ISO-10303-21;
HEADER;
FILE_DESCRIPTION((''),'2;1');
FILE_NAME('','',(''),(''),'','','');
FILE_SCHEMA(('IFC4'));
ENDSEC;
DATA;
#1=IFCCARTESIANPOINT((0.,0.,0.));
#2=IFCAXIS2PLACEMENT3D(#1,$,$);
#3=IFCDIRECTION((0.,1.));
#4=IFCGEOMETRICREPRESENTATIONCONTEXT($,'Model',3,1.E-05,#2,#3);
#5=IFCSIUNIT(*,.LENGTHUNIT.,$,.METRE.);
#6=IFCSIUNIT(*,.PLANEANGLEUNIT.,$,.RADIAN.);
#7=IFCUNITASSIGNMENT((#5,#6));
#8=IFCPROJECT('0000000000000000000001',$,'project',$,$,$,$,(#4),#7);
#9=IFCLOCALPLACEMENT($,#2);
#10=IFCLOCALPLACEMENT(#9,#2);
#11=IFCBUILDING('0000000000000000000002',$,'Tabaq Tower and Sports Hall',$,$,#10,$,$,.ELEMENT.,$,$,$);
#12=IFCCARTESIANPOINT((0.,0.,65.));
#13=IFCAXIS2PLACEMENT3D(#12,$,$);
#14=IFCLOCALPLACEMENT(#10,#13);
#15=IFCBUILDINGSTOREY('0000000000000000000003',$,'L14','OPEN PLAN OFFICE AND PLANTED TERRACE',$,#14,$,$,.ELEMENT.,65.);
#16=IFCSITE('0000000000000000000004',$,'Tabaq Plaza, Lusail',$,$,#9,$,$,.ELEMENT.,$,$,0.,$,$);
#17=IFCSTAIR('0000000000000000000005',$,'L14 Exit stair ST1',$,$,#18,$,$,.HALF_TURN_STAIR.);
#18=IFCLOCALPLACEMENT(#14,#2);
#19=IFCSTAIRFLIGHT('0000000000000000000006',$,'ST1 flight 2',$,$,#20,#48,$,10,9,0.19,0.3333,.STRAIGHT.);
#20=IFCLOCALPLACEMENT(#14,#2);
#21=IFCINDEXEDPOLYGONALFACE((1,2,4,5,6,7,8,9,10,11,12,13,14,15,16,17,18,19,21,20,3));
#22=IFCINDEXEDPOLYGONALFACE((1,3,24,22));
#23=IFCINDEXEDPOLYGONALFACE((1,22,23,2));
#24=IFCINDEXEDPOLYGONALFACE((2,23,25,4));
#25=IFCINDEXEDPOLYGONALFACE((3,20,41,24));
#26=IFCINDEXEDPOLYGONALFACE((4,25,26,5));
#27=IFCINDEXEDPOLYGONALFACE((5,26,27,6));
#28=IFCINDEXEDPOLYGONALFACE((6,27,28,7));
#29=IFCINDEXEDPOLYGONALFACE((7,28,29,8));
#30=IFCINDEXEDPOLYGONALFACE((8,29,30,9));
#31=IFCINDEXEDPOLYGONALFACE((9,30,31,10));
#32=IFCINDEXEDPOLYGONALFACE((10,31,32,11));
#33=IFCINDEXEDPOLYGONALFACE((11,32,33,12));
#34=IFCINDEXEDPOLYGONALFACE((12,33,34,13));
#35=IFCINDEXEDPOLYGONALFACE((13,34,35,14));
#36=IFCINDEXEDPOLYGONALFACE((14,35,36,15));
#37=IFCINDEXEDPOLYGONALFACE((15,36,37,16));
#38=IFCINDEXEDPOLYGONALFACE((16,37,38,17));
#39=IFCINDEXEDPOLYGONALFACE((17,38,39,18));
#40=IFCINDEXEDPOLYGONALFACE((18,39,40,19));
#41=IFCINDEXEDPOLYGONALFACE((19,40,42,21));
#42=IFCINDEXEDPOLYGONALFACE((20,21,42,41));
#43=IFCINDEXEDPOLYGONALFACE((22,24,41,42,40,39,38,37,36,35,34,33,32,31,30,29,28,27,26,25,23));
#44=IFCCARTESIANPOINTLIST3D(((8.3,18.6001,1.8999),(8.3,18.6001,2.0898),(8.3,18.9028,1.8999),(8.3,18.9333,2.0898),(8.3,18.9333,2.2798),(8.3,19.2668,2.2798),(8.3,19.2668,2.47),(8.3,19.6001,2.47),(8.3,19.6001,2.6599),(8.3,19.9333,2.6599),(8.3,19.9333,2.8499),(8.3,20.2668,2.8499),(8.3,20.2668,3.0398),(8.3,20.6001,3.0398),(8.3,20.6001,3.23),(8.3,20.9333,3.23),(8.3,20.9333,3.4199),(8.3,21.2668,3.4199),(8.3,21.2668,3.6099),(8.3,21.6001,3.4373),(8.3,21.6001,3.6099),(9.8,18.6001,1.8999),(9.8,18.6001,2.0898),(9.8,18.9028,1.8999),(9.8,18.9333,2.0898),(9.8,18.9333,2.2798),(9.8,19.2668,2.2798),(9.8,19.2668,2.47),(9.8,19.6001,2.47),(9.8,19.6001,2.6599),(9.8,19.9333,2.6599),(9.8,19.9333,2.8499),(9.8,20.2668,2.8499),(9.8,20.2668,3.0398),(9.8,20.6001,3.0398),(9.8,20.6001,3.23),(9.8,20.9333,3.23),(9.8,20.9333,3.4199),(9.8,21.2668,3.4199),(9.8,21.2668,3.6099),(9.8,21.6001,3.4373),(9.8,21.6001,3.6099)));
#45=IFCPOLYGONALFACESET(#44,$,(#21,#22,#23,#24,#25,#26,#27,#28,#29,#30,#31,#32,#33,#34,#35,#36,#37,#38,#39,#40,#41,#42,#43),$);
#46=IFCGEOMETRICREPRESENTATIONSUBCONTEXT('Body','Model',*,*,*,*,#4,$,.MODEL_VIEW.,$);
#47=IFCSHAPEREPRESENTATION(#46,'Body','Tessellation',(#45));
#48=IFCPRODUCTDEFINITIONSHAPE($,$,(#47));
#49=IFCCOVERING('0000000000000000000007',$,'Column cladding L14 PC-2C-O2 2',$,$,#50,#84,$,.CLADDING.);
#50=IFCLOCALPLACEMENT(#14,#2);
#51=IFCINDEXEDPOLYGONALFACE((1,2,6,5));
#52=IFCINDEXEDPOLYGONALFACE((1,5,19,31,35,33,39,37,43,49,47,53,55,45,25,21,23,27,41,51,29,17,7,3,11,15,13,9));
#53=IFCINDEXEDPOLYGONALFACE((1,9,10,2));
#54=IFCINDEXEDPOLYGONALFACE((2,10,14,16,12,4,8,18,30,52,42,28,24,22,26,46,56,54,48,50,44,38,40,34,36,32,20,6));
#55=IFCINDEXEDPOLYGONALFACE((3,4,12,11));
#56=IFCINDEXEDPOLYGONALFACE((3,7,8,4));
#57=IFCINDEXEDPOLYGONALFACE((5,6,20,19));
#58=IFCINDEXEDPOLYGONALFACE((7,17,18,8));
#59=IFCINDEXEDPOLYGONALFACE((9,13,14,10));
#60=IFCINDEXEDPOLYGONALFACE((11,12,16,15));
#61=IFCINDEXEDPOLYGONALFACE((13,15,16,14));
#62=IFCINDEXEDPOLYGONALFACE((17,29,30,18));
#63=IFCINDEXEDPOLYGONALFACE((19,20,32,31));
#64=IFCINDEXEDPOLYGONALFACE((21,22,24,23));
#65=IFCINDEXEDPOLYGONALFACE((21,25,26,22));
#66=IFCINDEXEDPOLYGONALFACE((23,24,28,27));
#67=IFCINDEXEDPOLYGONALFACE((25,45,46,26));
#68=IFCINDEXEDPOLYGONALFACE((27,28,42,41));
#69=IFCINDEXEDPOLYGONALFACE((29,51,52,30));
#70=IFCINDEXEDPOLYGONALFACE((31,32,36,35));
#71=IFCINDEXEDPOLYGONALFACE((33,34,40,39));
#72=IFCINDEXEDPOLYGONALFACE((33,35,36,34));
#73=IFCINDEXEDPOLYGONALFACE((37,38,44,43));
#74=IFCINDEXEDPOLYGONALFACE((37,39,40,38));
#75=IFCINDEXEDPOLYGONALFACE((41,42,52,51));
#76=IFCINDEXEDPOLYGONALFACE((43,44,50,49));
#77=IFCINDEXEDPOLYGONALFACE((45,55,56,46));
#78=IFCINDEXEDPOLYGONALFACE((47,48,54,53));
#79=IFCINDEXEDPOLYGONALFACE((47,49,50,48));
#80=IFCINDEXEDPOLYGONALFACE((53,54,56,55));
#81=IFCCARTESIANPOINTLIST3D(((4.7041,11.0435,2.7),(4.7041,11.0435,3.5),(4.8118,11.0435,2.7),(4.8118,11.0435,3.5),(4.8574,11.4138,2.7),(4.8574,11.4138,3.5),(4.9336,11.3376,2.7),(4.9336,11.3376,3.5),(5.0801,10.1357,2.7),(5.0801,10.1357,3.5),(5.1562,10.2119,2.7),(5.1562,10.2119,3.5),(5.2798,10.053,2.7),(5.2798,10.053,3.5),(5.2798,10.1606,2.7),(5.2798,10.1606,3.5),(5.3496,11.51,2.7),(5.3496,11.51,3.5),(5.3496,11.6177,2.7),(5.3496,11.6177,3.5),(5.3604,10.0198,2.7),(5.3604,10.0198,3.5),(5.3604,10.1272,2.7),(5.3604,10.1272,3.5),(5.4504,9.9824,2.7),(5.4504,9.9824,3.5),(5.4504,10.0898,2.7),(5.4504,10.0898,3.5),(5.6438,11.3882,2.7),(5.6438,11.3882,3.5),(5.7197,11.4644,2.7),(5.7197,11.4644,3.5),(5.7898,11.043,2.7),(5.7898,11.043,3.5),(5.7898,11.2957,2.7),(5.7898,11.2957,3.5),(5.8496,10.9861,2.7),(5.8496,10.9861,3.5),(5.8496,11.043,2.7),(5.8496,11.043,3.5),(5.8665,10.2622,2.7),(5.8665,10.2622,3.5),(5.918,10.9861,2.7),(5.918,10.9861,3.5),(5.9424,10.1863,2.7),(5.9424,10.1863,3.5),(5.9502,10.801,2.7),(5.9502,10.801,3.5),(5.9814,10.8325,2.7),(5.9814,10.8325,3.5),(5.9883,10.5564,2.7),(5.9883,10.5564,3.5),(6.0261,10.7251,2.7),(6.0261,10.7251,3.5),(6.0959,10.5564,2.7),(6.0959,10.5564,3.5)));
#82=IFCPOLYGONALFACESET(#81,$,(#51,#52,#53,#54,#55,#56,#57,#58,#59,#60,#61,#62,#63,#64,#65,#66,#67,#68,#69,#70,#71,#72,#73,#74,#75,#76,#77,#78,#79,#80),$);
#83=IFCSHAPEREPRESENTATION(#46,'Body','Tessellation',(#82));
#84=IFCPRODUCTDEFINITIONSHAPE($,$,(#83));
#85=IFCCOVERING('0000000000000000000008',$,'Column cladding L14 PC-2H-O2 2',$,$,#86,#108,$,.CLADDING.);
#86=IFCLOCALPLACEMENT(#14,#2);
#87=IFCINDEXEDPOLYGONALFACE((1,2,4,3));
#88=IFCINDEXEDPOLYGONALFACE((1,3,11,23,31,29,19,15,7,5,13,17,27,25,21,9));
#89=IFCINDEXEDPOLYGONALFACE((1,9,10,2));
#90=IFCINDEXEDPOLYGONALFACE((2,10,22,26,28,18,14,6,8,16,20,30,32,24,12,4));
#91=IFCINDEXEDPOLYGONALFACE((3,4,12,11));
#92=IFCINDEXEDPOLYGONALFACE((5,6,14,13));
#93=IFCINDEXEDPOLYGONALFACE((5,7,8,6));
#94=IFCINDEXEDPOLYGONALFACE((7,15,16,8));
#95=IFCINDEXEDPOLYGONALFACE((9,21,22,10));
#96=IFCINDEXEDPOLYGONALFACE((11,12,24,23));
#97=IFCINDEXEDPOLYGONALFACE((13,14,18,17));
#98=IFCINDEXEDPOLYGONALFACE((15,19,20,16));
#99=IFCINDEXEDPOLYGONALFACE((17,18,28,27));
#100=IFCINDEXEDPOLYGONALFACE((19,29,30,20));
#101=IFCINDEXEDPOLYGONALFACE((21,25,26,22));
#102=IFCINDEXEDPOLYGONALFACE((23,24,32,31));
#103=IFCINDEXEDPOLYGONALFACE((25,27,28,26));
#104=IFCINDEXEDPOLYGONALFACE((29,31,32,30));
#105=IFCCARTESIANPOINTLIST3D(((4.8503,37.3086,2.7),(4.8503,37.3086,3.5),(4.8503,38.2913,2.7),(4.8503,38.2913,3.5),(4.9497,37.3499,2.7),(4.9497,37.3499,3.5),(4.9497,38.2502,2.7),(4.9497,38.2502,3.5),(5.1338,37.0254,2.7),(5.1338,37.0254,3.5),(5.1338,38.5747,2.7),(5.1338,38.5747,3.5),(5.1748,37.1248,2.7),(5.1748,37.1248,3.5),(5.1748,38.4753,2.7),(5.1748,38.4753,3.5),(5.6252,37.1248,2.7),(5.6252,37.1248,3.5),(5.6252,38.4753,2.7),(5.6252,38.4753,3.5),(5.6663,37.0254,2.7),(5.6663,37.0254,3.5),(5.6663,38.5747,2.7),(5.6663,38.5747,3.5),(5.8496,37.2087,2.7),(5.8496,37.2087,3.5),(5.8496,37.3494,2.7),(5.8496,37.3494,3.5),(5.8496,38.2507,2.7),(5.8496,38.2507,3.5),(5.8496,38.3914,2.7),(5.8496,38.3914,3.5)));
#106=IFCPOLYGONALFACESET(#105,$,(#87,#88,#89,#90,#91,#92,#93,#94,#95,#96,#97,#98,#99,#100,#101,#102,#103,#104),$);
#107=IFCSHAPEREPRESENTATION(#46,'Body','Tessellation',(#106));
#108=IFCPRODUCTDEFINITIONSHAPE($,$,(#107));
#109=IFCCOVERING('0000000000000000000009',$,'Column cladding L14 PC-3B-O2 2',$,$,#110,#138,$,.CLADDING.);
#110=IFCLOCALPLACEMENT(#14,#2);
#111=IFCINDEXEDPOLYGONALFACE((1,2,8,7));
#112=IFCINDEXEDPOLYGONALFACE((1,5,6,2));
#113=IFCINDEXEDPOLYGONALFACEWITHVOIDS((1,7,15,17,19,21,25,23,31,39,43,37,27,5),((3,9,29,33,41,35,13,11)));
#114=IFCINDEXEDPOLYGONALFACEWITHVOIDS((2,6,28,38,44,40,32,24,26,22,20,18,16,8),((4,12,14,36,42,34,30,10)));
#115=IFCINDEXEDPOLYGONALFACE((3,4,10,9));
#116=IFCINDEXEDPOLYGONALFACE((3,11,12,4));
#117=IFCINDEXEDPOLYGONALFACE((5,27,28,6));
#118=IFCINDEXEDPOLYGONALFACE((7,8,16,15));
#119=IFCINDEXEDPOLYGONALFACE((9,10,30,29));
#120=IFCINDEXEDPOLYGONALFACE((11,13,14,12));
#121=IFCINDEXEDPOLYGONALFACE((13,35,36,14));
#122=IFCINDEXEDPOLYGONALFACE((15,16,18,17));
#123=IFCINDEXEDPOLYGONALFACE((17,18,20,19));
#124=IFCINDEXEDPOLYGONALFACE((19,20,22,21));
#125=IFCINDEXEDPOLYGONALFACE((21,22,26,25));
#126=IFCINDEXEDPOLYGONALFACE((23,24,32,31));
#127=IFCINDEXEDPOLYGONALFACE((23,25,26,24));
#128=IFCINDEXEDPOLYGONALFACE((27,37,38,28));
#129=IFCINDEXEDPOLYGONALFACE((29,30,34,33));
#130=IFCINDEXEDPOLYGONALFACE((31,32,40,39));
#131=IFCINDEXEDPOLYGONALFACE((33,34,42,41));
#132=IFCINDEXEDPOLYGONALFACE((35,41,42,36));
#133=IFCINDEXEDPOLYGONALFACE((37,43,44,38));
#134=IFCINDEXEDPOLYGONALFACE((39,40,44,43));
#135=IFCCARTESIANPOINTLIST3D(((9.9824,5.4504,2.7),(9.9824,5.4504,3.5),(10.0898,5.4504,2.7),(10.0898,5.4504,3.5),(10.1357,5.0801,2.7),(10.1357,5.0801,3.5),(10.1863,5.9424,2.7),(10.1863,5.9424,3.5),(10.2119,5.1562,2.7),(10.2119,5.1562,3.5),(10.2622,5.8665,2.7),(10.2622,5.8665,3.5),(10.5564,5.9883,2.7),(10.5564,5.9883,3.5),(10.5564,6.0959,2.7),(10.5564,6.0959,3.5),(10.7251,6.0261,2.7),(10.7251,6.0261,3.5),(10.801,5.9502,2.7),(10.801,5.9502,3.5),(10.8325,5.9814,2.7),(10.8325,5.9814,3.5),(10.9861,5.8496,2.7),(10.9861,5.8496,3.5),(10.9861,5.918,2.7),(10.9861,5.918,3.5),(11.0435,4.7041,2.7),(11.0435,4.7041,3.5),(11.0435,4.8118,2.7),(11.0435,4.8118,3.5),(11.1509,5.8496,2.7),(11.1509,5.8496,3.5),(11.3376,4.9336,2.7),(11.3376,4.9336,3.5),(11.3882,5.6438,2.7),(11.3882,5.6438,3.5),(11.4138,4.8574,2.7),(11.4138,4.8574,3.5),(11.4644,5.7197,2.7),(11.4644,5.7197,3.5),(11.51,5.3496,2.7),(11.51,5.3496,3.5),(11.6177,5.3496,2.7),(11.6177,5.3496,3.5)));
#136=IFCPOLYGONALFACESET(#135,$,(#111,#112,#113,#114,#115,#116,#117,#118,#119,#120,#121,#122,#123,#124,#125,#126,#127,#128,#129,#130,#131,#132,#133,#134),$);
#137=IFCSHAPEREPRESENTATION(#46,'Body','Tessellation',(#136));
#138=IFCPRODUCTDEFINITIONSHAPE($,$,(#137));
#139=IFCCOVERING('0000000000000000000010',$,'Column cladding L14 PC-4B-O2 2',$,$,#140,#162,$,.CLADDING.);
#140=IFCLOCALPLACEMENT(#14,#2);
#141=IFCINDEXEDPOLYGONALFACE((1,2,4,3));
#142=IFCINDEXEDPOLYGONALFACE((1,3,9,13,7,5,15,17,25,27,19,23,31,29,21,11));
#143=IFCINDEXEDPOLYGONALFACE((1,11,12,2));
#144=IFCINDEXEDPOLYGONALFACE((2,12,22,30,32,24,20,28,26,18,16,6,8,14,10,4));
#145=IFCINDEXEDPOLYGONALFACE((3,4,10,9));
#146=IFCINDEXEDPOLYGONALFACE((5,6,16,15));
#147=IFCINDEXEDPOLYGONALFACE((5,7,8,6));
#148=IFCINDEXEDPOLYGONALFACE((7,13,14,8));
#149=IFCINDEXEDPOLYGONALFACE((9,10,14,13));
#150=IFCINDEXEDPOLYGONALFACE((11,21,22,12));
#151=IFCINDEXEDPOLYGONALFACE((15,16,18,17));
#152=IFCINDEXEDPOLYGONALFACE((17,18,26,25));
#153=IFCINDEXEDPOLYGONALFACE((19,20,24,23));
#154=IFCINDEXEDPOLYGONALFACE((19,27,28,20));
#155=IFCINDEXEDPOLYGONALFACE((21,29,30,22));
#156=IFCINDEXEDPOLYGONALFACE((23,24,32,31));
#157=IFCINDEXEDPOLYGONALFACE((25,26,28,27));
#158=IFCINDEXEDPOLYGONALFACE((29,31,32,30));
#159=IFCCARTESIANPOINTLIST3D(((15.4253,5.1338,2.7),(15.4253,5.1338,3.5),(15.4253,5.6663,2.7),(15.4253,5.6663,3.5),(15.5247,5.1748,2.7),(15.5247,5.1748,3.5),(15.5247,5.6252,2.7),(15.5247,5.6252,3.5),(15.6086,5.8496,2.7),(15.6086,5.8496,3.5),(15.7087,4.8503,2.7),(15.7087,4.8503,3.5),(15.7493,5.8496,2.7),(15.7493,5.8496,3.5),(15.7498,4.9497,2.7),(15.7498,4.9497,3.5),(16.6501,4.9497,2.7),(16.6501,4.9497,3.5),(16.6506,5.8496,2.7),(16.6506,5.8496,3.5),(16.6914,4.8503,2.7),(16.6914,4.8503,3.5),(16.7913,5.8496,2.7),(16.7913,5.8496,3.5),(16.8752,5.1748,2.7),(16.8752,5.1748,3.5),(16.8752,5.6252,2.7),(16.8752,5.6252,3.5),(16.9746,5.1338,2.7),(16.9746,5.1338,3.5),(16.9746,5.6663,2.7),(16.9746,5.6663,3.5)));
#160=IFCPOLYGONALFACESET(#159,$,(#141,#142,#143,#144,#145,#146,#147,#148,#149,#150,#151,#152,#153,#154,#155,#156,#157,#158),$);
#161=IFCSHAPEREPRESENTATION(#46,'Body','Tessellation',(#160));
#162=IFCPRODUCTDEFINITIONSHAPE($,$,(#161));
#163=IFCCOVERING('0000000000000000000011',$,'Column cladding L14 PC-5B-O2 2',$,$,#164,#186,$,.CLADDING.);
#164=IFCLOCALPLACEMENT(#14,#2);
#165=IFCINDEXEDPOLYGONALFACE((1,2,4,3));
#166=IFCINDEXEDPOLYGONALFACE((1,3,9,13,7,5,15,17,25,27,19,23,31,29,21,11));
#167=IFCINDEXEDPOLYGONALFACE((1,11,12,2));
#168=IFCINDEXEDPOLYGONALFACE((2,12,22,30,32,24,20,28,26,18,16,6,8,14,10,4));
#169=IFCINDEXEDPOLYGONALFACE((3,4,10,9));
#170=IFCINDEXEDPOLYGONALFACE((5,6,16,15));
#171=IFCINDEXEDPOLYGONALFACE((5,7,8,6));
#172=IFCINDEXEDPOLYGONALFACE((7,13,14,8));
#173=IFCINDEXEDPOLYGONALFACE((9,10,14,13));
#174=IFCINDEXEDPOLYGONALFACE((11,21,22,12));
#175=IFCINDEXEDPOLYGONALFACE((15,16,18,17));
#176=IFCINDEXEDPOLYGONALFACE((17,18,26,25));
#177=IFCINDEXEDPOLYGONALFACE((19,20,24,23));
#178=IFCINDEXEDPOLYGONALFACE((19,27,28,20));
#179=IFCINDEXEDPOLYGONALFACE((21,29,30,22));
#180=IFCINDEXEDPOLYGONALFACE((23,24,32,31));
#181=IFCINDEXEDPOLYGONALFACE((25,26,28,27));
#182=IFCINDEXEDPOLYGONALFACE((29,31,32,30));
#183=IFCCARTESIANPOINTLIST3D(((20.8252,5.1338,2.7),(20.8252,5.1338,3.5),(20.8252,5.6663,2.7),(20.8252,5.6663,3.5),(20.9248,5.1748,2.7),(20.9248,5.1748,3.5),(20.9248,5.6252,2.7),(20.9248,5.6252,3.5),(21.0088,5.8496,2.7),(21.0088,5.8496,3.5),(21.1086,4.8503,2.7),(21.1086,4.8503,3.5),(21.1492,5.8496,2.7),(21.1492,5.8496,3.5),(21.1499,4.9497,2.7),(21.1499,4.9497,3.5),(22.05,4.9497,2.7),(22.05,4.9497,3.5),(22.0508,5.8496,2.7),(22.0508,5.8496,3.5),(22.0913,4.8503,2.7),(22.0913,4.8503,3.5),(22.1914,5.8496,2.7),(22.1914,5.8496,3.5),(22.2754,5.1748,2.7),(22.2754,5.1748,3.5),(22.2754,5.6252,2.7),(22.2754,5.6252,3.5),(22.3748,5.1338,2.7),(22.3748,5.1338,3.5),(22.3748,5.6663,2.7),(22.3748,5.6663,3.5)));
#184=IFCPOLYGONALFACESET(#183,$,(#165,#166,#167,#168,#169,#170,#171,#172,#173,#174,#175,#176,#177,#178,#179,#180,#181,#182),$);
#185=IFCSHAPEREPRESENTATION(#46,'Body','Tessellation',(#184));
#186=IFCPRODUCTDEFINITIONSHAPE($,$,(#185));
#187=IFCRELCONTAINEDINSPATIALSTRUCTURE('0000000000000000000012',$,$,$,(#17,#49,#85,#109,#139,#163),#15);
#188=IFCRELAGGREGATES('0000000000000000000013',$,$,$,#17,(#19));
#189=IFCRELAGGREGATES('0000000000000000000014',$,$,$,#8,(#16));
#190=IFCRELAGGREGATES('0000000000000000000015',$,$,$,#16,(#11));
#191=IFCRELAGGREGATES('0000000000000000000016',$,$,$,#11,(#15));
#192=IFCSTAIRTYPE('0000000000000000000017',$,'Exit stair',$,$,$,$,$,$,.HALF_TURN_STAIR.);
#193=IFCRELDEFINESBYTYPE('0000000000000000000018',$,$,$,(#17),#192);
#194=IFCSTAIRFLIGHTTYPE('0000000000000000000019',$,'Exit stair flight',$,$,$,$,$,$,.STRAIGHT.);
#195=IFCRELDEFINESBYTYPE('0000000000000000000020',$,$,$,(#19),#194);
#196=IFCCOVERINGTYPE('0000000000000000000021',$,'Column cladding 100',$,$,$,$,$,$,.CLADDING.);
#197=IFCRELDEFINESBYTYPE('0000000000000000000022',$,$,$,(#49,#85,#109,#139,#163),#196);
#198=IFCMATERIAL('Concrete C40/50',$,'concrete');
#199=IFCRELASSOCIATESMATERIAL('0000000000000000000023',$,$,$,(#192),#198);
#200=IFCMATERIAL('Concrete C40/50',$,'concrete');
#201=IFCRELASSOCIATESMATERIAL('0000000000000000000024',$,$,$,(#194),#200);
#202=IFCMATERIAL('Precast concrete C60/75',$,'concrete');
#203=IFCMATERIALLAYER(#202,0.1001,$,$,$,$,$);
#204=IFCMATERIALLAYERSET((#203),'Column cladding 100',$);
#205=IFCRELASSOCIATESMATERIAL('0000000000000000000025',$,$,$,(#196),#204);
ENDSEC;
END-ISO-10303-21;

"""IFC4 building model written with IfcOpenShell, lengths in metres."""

from ifc_helpers import new_model, si_unit, direction, frame, origin, place, context, subcontext, project, spatial, polyline, outline, extrude, material, layer, layer_set, type_object, element, aggregate, save


model = new_model("IFC4")

# Units and contexts
model_context = context("Model", 3, precision=1e-05, world=origin(), true_north=direction((0.0, 1.0)))
body_context = subcontext(model_context, "Body", "Model", "MODEL_VIEW")
ifc_project = project(units=[si_unit("LENGTHUNIT", "METRE"), si_unit("PLANEANGLEUNIT", "RADIAN")], contexts=[model_context])

# Site, building, storey
site_placement = place(None, origin())
site = spatial("IfcSite", under=ifc_project, at=site_placement, Name="Tabaq Plaza, Lusail", CompositionType="ELEMENT", RefElevation=0.0)
building_placement = place(site_placement, origin())
building = spatial("IfcBuilding", under=site, at=building_placement, Name="Tabaq Tower and Sports Hall", CompositionType="ELEMENT")
storey_placement = place(building_placement, frame((0.0, 0.0, 65.0)))
storey = spatial("IfcBuildingStorey", under=building, at=storey_placement, Name="L14", Description="OPEN PLAN OFFICE AND PLANTED TERRACE", CompositionType="ELEMENT", Elevation=65.0)

# Stair
ifc_material_1 = material(Name="Concrete C40/50", Category="concrete")
stair_type = type_object("IfcStairType", Name="Exit stair", PredefinedType="HALF_TURN_STAIR", material=ifc_material_1)
stair_1_placement = place(storey_placement, origin())
stair_1 = element("IfcStair", 1, at=stair_1_placement, inside=storey, type_object=stair_type, Name="L14 Exit stair ST1", PredefinedType="HALF_TURN_STAIR")

# Stair flight
ifc_material_2 = material(Name="Concrete C40/50", Category="concrete")
stair_flight_type = type_object("IfcStairFlightType", Name="Exit stair flight", PredefinedType="STRAIGHT", material=ifc_material_2)
stair_flight_placement = place(storey_placement, frame((9.05, 18.6001, 1.8999), z_axis=(0.0, 0.0, 1.0), x_axis=(0.0, 1.0, 0.0)))
stair_flight = element("IfcStairFlight", 2, at=stair_flight_placement, type_object=stair_flight_type, Name="ST1 flight 2", NumberOfRisers=10, NumberOfTreads=9, PredefinedType="STRAIGHT", RiserHeight=0.19, TreadLength=0.3333, context=body_context, shape_type="SweptSolid", body=[
    extrude(outline(polyline([(0.0, 0.0), (0.0, 0.1899), (0.3333, 0.1899), (0.3333, 0.3799), (0.6667, 0.3799), (0.6667, 0.5701), (1.0, 0.5701), (1.0, 0.76), (1.3333, 0.76), (1.3333, 0.95), (1.6667, 0.95), (1.6667, 1.1399), (2.0, 1.1399), (2.0, 1.3301), (2.3333, 1.3301), (2.3333, 1.52), (2.6667, 1.52), (2.6667, 1.71), (3.0, 1.71), (3.0, 1.8999), (3.0, 1.5374), (0.3027, 0.0), (0.0, 0.0)])), frame((0.0, 0.75, 0.0), z_axis=(0.0, -1.0, 0.0), x_axis=(1.0, 0.0, 0.0)), (0.0, 0.0, 1.0), 1.5),
])
aggregate(stair_1, [stair_flight])

# Coverings
ifc_material_3 = material(Name="Precast concrete C60/75", Category="concrete")
ifc_layer_1 = layer(ifc_material_3, 0.1001)
ifc_layer_set_1 = layer_set([ifc_layer_1], Name="Column cladding 100")
covering_type = type_object("IfcCoveringType", Name="Column cladding 100", PredefinedType="CLADDING", material=ifc_layer_set_1)
covering_1_placement = place(storey_placement, frame((0.0, 0.0, 2.7)))
element("IfcCovering", 3, at=covering_1_placement, inside=storey, type_object=covering_type, Name="Column cladding L14 PC-2C-O2 2", PredefinedType="CLADDING", context=body_context, shape_type="SweptSolid", body=[
    extrude(outline(polyline([(5.4504, 9.9824), (5.3604, 10.0198), (5.3604, 10.1272), (5.4504, 10.0898), (5.8665, 10.2622), (5.9883, 10.5564), (5.6438, 11.3882), (5.3496, 11.51), (4.9336, 11.3376), (4.8118, 11.0435), (5.1562, 10.2119), (5.2798, 10.1606), (5.2798, 10.053), (5.0801, 10.1357), (4.7041, 11.0435), (4.8574, 11.4138), (5.3496, 11.6177), (5.7197, 11.4644), (5.7898, 11.2957), (5.7898, 11.043), (5.8496, 11.043), (5.8496, 10.9861), (5.918, 10.9861), (5.9814, 10.8325), (5.9502, 10.801), (6.0261, 10.7251), (6.0959, 10.5564), (5.9424, 10.1863), (5.4504, 9.9824)])), origin(), (0.0, 0.0, 1.0), 0.8),
])
covering_2_placement = place(storey_placement, frame((0.0, 0.0, 2.7)))
element("IfcCovering", 4, at=covering_2_placement, inside=storey, type_object=covering_type, Name="Column cladding L14 PC-2H-O2 2", PredefinedType="CLADDING", context=body_context, shape_type="SweptSolid", body=[
    extrude(outline(polyline([(5.1338, 37.0254), (4.8503, 37.3086), (4.8503, 38.2913), (5.1338, 38.5747), (5.6663, 38.5747), (5.8496, 38.3914), (5.8496, 38.2507), (5.6252, 38.4753), (5.1748, 38.4753), (4.9497, 38.2502), (4.9497, 37.3499), (5.1748, 37.1248), (5.6252, 37.1248), (5.8496, 37.3494), (5.8496, 37.2087), (5.6663, 37.0254), (5.1338, 37.0254)])), origin(), (0.0, 0.0, 1.0), 0.8),
])
covering_3_placement = place(storey_placement, frame((0.0, 0.0, 2.7)))
element("IfcCovering", 5, at=covering_3_placement, inside=storey, type_object=covering_type, Name="Column cladding L14 PC-3B-O2 2", PredefinedType="CLADDING", context=body_context, shape_type="SweptSolid", body=[
    extrude(outline(polyline([(11.4138, 4.8574), (11.0435, 4.7041), (10.1357, 5.0801), (9.9824, 5.4504), (10.1863, 5.9424), (10.5564, 6.0959), (10.7251, 6.0261), (10.801, 5.9502), (10.8325, 5.9814), (10.9861, 5.918), (10.9861, 5.8496), (11.1509, 5.8496), (11.4644, 5.7197), (11.6177, 5.3496), (11.4138, 4.8574)]), holes=[polyline([(10.2622, 5.8665), (10.0898, 5.4504), (10.2119, 5.1562), (11.0435, 4.8118), (11.3376, 4.9336), (11.51, 5.3496), (11.3882, 5.6438), (10.5564, 5.9883), (10.2622, 5.8665)])]), origin(), (0.0, 0.0, 1.0), 0.8),
])
covering_4_placement = place(storey_placement, frame((0.0, 0.0, 2.7)))
element("IfcCovering", 6, at=covering_4_placement, inside=storey, type_object=covering_type, Name="Column cladding L14 PC-4B-O2 2", PredefinedType="CLADDING", context=body_context, shape_type="SweptSolid", body=[
    extrude(outline(polyline([(15.4253, 5.6663), (15.6086, 5.8496), (15.7493, 5.8496), (15.5247, 5.6252), (15.5247, 5.1748), (15.7498, 4.9497), (16.6501, 4.9497), (16.8752, 5.1748), (16.8752, 5.6252), (16.6506, 5.8496), (16.7913, 5.8496), (16.9746, 5.6663), (16.9746, 5.1338), (16.6914, 4.8503), (15.7087, 4.8503), (15.4253, 5.1338), (15.4253, 5.6663)])), origin(), (0.0, 0.0, 1.0), 0.8),
])
covering_5_placement = place(storey_placement, frame((0.0, 0.0, 2.7)))
element("IfcCovering", 7, at=covering_5_placement, inside=storey, type_object=covering_type, Name="Column cladding L14 PC-5B-O2 2", PredefinedType="CLADDING", context=body_context, shape_type="SweptSolid", body=[
    extrude(outline(polyline([(20.8252, 5.6663), (21.0088, 5.8496), (21.1492, 5.8496), (20.9248, 5.6252), (20.9248, 5.1748), (21.1499, 4.9497), (22.05, 4.9497), (22.2754, 5.1748), (22.2754, 5.6252), (22.0508, 5.8496), (22.1914, 5.8496), (22.3748, 5.6663), (22.3748, 5.1338), (22.0913, 4.8503), (21.1086, 4.8503), (20.8252, 5.1338), (20.8252, 5.6663)])), origin(), (0.0, 0.0, 1.0), 0.8),
])

save(model, "model.ifc")
